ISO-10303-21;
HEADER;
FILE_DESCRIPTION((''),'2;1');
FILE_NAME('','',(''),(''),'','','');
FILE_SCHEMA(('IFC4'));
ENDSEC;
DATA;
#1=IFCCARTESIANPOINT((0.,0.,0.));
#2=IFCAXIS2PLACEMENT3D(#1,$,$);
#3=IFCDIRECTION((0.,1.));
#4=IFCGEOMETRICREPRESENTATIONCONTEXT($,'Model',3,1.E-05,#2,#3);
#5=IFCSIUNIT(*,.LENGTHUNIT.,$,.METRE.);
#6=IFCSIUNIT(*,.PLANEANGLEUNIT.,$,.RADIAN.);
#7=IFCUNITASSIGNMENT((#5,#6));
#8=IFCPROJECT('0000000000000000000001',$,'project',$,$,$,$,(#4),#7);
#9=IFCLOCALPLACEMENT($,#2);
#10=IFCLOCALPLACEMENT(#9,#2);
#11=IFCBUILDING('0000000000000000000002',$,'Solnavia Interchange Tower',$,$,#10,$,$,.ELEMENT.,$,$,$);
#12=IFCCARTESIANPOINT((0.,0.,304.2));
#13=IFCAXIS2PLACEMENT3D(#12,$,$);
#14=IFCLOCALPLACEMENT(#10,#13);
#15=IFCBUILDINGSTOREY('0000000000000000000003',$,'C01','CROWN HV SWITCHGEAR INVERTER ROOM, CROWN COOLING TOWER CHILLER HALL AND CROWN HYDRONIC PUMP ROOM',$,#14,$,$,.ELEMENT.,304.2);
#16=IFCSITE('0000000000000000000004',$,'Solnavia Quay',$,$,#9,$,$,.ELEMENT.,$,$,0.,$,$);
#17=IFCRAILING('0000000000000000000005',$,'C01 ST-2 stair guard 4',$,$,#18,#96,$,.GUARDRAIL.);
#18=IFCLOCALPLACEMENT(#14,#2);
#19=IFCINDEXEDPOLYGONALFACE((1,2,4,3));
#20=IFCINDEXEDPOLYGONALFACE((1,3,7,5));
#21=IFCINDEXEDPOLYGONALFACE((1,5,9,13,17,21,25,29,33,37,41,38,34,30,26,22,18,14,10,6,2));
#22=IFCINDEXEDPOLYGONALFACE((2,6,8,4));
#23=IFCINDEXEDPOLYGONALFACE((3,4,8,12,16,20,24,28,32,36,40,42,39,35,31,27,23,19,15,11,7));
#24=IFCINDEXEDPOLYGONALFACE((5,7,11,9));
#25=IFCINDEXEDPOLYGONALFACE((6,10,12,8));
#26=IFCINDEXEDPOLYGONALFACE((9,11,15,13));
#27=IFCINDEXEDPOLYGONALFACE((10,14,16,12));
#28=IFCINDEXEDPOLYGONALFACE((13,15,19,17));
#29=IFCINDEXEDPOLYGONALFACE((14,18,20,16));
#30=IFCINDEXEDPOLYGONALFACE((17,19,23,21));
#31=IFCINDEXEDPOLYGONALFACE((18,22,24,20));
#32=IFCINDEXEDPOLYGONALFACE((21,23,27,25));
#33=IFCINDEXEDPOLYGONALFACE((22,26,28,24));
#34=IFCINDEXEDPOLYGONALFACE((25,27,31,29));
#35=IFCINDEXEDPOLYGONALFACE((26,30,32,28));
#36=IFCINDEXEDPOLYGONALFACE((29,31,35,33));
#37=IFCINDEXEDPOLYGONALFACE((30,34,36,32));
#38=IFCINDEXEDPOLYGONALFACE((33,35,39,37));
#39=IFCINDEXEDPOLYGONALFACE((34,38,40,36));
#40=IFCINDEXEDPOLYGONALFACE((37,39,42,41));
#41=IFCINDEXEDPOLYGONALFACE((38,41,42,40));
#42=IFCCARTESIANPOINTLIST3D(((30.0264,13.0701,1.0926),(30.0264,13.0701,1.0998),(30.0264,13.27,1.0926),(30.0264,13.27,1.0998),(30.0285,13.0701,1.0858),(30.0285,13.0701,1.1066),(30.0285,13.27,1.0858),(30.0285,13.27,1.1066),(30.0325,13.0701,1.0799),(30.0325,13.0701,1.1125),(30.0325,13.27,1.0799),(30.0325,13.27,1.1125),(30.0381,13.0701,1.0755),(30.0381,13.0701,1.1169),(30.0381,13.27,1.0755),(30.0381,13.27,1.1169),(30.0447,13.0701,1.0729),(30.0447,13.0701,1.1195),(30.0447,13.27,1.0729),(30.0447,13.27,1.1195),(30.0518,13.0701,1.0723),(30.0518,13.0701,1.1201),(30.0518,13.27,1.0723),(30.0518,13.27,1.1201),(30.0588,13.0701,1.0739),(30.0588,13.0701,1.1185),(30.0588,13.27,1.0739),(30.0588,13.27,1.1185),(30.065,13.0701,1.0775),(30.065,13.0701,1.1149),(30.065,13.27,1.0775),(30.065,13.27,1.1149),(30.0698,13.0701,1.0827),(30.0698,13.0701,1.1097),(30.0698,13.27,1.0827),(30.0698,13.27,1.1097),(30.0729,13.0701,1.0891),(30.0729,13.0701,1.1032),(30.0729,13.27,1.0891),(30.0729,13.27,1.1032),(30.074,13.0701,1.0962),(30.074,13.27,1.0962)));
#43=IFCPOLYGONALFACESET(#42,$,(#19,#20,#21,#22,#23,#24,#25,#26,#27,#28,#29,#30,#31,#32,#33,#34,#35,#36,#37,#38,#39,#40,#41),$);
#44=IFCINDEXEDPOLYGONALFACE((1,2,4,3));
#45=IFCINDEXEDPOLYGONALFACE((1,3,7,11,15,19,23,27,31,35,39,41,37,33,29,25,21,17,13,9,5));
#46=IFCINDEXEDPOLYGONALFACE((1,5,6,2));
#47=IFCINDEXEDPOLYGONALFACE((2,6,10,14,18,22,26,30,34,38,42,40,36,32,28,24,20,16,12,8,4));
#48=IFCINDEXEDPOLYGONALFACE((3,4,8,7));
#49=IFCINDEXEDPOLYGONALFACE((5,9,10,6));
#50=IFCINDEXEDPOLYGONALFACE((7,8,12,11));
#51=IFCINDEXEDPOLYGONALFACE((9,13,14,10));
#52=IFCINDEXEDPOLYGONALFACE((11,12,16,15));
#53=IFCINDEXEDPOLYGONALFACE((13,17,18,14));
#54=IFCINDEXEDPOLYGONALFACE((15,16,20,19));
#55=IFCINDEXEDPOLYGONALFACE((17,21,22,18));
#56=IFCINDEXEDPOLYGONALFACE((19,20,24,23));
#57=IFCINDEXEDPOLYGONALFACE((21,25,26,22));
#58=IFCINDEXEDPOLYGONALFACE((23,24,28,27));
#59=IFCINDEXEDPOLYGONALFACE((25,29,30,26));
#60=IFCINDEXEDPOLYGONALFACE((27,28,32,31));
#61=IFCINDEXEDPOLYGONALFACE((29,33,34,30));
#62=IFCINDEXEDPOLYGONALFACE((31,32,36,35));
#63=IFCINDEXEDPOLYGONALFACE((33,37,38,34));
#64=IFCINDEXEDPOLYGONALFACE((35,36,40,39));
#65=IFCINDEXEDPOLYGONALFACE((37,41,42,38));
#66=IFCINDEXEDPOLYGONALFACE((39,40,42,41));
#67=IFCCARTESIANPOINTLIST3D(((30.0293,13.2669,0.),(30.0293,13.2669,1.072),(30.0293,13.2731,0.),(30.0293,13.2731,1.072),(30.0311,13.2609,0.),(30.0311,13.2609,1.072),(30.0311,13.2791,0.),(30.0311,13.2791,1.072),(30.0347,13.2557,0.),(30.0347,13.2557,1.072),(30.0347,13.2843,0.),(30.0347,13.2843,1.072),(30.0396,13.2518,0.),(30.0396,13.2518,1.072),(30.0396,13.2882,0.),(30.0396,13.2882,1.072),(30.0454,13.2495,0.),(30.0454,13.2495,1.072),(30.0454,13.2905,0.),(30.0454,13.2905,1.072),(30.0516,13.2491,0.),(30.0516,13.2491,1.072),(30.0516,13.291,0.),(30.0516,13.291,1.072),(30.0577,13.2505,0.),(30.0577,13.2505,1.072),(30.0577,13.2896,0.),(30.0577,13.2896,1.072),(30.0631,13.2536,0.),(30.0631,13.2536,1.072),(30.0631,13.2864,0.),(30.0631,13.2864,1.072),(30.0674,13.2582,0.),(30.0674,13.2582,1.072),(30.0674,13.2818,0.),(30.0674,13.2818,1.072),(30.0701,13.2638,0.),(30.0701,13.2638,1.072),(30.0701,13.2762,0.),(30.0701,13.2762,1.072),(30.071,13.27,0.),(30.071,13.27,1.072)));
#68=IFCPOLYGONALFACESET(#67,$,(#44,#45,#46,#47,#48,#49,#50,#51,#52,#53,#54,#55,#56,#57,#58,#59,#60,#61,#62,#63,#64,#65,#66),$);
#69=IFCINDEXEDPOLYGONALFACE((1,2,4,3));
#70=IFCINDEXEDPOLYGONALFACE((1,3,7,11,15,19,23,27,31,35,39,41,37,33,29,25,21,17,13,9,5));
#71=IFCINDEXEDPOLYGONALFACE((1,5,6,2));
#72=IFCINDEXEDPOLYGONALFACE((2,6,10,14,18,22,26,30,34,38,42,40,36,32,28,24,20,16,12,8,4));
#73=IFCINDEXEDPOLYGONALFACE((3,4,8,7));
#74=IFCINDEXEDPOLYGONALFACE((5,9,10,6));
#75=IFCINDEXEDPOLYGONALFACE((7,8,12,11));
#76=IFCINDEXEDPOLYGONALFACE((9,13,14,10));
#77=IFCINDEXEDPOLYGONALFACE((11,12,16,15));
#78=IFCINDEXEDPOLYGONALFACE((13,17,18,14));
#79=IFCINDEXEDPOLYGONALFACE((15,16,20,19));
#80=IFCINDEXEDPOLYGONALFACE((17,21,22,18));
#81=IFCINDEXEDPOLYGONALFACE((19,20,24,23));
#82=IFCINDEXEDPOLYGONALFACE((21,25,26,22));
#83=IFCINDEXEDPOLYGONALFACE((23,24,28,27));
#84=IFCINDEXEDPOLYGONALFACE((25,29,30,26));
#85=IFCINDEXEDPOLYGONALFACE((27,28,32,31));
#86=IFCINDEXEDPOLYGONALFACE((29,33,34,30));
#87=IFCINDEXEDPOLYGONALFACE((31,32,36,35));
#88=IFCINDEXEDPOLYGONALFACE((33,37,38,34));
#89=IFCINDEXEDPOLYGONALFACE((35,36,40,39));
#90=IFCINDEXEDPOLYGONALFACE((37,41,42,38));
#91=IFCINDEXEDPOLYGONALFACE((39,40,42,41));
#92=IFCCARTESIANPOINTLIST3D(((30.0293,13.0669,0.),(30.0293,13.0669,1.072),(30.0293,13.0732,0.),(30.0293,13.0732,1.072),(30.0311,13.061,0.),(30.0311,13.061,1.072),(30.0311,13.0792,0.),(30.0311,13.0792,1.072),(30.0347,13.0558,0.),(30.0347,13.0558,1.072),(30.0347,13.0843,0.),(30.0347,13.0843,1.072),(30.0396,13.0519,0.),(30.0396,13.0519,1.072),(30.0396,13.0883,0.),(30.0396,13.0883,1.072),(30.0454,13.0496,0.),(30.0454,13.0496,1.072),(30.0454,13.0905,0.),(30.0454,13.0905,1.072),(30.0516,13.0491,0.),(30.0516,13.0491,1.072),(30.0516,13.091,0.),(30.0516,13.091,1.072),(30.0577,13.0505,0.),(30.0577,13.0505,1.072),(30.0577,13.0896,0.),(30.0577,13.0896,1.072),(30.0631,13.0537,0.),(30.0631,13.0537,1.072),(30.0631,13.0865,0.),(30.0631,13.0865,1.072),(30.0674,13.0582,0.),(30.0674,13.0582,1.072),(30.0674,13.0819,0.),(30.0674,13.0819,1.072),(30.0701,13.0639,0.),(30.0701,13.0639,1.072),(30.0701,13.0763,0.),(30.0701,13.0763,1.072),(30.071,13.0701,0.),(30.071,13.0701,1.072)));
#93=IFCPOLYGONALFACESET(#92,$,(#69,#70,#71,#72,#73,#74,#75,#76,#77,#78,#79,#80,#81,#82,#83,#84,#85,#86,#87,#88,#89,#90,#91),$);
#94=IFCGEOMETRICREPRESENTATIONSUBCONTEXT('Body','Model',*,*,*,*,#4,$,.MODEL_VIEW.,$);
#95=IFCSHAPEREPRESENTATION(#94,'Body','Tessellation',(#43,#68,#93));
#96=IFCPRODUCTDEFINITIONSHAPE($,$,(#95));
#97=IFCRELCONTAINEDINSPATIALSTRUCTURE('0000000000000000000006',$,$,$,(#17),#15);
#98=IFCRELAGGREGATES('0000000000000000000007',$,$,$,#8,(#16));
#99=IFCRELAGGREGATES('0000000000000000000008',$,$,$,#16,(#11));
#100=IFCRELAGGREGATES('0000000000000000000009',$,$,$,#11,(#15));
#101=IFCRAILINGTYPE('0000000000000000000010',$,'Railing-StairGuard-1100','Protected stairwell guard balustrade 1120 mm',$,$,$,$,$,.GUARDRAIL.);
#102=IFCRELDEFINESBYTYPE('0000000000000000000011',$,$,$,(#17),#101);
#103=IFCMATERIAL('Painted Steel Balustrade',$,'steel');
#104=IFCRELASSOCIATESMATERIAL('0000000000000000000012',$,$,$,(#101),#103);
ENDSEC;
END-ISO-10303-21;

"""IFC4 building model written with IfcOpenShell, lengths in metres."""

from ifc_helpers import new_model, si_unit, direction, frame, origin, origin_2d, place, context, subcontext, project, spatial, circle, extrude, material, type_object, element, save


model = new_model("IFC4")

# Units and contexts
model_context = context("Model", 3, precision=1e-05, world=origin(), true_north=direction((0.0, 1.0)))
body_context = subcontext(model_context, "Body", "Model", "MODEL_VIEW")
ifc_project = project(units=[si_unit("LENGTHUNIT", "METRE"), si_unit("PLANEANGLEUNIT", "RADIAN")], contexts=[model_context])

# Site, building, storey
site_placement = place(None, origin())
site = spatial("IfcSite", under=ifc_project, at=site_placement, Name="Solnavia Quay", CompositionType="ELEMENT", RefElevation=0.0)
building_placement = place(site_placement, origin())
building = spatial("IfcBuilding", under=site, at=building_placement, Name="Solnavia Interchange Tower", CompositionType="ELEMENT")
storey_placement = place(building_placement, frame((0.0, 0.0, 304.2)))
storey = spatial("IfcBuildingStorey", under=building, at=storey_placement, Name="C01", Description="CROWN HV SWITCHGEAR INVERTER ROOM, CROWN COOLING TOWER CHILLER HALL AND CROWN HYDRONIC PUMP ROOM", CompositionType="ELEMENT", Elevation=304.2)

# Railing
ifc_material_1 = material(Name="Painted Steel Balustrade", Category="steel")
railing_type_1 = type_object("IfcRailingType", Name="Railing-StairGuard-1100", Description="Protected stairwell guard balustrade 1120 mm", PredefinedType="GUARDRAIL", material=ifc_material_1)
railing_1_placement = place(storey_placement, frame((30.05, 13.27, 0.0)))
element("IfcRailing", 1, at=railing_1_placement, inside=storey, type_object=railing_type_1, Name="C01 ST-2 stair guard 4", PredefinedType="GUARDRAIL", context=body_context, shape_type="SweptSolid", body=[
    extrude(circle(Radius=0.0239, at=origin_2d()), frame((0.0, 0.0, 1.0962), z_axis=(0.0, -1.0, 0.0), x_axis=(1.0, 0.0, 0.0)), (0.0, 0.0, 1.0), 0.2),
    extrude(circle(Radius=0.021, at=origin_2d()), origin(), (0.0, 0.0, 1.0), 1.072),
    extrude(circle(Radius=0.021, at=origin_2d()), frame((0.0, -0.2, 0.0)), (0.0, 0.0, 1.0), 1.072),
])

save(model, "model.ifc")
